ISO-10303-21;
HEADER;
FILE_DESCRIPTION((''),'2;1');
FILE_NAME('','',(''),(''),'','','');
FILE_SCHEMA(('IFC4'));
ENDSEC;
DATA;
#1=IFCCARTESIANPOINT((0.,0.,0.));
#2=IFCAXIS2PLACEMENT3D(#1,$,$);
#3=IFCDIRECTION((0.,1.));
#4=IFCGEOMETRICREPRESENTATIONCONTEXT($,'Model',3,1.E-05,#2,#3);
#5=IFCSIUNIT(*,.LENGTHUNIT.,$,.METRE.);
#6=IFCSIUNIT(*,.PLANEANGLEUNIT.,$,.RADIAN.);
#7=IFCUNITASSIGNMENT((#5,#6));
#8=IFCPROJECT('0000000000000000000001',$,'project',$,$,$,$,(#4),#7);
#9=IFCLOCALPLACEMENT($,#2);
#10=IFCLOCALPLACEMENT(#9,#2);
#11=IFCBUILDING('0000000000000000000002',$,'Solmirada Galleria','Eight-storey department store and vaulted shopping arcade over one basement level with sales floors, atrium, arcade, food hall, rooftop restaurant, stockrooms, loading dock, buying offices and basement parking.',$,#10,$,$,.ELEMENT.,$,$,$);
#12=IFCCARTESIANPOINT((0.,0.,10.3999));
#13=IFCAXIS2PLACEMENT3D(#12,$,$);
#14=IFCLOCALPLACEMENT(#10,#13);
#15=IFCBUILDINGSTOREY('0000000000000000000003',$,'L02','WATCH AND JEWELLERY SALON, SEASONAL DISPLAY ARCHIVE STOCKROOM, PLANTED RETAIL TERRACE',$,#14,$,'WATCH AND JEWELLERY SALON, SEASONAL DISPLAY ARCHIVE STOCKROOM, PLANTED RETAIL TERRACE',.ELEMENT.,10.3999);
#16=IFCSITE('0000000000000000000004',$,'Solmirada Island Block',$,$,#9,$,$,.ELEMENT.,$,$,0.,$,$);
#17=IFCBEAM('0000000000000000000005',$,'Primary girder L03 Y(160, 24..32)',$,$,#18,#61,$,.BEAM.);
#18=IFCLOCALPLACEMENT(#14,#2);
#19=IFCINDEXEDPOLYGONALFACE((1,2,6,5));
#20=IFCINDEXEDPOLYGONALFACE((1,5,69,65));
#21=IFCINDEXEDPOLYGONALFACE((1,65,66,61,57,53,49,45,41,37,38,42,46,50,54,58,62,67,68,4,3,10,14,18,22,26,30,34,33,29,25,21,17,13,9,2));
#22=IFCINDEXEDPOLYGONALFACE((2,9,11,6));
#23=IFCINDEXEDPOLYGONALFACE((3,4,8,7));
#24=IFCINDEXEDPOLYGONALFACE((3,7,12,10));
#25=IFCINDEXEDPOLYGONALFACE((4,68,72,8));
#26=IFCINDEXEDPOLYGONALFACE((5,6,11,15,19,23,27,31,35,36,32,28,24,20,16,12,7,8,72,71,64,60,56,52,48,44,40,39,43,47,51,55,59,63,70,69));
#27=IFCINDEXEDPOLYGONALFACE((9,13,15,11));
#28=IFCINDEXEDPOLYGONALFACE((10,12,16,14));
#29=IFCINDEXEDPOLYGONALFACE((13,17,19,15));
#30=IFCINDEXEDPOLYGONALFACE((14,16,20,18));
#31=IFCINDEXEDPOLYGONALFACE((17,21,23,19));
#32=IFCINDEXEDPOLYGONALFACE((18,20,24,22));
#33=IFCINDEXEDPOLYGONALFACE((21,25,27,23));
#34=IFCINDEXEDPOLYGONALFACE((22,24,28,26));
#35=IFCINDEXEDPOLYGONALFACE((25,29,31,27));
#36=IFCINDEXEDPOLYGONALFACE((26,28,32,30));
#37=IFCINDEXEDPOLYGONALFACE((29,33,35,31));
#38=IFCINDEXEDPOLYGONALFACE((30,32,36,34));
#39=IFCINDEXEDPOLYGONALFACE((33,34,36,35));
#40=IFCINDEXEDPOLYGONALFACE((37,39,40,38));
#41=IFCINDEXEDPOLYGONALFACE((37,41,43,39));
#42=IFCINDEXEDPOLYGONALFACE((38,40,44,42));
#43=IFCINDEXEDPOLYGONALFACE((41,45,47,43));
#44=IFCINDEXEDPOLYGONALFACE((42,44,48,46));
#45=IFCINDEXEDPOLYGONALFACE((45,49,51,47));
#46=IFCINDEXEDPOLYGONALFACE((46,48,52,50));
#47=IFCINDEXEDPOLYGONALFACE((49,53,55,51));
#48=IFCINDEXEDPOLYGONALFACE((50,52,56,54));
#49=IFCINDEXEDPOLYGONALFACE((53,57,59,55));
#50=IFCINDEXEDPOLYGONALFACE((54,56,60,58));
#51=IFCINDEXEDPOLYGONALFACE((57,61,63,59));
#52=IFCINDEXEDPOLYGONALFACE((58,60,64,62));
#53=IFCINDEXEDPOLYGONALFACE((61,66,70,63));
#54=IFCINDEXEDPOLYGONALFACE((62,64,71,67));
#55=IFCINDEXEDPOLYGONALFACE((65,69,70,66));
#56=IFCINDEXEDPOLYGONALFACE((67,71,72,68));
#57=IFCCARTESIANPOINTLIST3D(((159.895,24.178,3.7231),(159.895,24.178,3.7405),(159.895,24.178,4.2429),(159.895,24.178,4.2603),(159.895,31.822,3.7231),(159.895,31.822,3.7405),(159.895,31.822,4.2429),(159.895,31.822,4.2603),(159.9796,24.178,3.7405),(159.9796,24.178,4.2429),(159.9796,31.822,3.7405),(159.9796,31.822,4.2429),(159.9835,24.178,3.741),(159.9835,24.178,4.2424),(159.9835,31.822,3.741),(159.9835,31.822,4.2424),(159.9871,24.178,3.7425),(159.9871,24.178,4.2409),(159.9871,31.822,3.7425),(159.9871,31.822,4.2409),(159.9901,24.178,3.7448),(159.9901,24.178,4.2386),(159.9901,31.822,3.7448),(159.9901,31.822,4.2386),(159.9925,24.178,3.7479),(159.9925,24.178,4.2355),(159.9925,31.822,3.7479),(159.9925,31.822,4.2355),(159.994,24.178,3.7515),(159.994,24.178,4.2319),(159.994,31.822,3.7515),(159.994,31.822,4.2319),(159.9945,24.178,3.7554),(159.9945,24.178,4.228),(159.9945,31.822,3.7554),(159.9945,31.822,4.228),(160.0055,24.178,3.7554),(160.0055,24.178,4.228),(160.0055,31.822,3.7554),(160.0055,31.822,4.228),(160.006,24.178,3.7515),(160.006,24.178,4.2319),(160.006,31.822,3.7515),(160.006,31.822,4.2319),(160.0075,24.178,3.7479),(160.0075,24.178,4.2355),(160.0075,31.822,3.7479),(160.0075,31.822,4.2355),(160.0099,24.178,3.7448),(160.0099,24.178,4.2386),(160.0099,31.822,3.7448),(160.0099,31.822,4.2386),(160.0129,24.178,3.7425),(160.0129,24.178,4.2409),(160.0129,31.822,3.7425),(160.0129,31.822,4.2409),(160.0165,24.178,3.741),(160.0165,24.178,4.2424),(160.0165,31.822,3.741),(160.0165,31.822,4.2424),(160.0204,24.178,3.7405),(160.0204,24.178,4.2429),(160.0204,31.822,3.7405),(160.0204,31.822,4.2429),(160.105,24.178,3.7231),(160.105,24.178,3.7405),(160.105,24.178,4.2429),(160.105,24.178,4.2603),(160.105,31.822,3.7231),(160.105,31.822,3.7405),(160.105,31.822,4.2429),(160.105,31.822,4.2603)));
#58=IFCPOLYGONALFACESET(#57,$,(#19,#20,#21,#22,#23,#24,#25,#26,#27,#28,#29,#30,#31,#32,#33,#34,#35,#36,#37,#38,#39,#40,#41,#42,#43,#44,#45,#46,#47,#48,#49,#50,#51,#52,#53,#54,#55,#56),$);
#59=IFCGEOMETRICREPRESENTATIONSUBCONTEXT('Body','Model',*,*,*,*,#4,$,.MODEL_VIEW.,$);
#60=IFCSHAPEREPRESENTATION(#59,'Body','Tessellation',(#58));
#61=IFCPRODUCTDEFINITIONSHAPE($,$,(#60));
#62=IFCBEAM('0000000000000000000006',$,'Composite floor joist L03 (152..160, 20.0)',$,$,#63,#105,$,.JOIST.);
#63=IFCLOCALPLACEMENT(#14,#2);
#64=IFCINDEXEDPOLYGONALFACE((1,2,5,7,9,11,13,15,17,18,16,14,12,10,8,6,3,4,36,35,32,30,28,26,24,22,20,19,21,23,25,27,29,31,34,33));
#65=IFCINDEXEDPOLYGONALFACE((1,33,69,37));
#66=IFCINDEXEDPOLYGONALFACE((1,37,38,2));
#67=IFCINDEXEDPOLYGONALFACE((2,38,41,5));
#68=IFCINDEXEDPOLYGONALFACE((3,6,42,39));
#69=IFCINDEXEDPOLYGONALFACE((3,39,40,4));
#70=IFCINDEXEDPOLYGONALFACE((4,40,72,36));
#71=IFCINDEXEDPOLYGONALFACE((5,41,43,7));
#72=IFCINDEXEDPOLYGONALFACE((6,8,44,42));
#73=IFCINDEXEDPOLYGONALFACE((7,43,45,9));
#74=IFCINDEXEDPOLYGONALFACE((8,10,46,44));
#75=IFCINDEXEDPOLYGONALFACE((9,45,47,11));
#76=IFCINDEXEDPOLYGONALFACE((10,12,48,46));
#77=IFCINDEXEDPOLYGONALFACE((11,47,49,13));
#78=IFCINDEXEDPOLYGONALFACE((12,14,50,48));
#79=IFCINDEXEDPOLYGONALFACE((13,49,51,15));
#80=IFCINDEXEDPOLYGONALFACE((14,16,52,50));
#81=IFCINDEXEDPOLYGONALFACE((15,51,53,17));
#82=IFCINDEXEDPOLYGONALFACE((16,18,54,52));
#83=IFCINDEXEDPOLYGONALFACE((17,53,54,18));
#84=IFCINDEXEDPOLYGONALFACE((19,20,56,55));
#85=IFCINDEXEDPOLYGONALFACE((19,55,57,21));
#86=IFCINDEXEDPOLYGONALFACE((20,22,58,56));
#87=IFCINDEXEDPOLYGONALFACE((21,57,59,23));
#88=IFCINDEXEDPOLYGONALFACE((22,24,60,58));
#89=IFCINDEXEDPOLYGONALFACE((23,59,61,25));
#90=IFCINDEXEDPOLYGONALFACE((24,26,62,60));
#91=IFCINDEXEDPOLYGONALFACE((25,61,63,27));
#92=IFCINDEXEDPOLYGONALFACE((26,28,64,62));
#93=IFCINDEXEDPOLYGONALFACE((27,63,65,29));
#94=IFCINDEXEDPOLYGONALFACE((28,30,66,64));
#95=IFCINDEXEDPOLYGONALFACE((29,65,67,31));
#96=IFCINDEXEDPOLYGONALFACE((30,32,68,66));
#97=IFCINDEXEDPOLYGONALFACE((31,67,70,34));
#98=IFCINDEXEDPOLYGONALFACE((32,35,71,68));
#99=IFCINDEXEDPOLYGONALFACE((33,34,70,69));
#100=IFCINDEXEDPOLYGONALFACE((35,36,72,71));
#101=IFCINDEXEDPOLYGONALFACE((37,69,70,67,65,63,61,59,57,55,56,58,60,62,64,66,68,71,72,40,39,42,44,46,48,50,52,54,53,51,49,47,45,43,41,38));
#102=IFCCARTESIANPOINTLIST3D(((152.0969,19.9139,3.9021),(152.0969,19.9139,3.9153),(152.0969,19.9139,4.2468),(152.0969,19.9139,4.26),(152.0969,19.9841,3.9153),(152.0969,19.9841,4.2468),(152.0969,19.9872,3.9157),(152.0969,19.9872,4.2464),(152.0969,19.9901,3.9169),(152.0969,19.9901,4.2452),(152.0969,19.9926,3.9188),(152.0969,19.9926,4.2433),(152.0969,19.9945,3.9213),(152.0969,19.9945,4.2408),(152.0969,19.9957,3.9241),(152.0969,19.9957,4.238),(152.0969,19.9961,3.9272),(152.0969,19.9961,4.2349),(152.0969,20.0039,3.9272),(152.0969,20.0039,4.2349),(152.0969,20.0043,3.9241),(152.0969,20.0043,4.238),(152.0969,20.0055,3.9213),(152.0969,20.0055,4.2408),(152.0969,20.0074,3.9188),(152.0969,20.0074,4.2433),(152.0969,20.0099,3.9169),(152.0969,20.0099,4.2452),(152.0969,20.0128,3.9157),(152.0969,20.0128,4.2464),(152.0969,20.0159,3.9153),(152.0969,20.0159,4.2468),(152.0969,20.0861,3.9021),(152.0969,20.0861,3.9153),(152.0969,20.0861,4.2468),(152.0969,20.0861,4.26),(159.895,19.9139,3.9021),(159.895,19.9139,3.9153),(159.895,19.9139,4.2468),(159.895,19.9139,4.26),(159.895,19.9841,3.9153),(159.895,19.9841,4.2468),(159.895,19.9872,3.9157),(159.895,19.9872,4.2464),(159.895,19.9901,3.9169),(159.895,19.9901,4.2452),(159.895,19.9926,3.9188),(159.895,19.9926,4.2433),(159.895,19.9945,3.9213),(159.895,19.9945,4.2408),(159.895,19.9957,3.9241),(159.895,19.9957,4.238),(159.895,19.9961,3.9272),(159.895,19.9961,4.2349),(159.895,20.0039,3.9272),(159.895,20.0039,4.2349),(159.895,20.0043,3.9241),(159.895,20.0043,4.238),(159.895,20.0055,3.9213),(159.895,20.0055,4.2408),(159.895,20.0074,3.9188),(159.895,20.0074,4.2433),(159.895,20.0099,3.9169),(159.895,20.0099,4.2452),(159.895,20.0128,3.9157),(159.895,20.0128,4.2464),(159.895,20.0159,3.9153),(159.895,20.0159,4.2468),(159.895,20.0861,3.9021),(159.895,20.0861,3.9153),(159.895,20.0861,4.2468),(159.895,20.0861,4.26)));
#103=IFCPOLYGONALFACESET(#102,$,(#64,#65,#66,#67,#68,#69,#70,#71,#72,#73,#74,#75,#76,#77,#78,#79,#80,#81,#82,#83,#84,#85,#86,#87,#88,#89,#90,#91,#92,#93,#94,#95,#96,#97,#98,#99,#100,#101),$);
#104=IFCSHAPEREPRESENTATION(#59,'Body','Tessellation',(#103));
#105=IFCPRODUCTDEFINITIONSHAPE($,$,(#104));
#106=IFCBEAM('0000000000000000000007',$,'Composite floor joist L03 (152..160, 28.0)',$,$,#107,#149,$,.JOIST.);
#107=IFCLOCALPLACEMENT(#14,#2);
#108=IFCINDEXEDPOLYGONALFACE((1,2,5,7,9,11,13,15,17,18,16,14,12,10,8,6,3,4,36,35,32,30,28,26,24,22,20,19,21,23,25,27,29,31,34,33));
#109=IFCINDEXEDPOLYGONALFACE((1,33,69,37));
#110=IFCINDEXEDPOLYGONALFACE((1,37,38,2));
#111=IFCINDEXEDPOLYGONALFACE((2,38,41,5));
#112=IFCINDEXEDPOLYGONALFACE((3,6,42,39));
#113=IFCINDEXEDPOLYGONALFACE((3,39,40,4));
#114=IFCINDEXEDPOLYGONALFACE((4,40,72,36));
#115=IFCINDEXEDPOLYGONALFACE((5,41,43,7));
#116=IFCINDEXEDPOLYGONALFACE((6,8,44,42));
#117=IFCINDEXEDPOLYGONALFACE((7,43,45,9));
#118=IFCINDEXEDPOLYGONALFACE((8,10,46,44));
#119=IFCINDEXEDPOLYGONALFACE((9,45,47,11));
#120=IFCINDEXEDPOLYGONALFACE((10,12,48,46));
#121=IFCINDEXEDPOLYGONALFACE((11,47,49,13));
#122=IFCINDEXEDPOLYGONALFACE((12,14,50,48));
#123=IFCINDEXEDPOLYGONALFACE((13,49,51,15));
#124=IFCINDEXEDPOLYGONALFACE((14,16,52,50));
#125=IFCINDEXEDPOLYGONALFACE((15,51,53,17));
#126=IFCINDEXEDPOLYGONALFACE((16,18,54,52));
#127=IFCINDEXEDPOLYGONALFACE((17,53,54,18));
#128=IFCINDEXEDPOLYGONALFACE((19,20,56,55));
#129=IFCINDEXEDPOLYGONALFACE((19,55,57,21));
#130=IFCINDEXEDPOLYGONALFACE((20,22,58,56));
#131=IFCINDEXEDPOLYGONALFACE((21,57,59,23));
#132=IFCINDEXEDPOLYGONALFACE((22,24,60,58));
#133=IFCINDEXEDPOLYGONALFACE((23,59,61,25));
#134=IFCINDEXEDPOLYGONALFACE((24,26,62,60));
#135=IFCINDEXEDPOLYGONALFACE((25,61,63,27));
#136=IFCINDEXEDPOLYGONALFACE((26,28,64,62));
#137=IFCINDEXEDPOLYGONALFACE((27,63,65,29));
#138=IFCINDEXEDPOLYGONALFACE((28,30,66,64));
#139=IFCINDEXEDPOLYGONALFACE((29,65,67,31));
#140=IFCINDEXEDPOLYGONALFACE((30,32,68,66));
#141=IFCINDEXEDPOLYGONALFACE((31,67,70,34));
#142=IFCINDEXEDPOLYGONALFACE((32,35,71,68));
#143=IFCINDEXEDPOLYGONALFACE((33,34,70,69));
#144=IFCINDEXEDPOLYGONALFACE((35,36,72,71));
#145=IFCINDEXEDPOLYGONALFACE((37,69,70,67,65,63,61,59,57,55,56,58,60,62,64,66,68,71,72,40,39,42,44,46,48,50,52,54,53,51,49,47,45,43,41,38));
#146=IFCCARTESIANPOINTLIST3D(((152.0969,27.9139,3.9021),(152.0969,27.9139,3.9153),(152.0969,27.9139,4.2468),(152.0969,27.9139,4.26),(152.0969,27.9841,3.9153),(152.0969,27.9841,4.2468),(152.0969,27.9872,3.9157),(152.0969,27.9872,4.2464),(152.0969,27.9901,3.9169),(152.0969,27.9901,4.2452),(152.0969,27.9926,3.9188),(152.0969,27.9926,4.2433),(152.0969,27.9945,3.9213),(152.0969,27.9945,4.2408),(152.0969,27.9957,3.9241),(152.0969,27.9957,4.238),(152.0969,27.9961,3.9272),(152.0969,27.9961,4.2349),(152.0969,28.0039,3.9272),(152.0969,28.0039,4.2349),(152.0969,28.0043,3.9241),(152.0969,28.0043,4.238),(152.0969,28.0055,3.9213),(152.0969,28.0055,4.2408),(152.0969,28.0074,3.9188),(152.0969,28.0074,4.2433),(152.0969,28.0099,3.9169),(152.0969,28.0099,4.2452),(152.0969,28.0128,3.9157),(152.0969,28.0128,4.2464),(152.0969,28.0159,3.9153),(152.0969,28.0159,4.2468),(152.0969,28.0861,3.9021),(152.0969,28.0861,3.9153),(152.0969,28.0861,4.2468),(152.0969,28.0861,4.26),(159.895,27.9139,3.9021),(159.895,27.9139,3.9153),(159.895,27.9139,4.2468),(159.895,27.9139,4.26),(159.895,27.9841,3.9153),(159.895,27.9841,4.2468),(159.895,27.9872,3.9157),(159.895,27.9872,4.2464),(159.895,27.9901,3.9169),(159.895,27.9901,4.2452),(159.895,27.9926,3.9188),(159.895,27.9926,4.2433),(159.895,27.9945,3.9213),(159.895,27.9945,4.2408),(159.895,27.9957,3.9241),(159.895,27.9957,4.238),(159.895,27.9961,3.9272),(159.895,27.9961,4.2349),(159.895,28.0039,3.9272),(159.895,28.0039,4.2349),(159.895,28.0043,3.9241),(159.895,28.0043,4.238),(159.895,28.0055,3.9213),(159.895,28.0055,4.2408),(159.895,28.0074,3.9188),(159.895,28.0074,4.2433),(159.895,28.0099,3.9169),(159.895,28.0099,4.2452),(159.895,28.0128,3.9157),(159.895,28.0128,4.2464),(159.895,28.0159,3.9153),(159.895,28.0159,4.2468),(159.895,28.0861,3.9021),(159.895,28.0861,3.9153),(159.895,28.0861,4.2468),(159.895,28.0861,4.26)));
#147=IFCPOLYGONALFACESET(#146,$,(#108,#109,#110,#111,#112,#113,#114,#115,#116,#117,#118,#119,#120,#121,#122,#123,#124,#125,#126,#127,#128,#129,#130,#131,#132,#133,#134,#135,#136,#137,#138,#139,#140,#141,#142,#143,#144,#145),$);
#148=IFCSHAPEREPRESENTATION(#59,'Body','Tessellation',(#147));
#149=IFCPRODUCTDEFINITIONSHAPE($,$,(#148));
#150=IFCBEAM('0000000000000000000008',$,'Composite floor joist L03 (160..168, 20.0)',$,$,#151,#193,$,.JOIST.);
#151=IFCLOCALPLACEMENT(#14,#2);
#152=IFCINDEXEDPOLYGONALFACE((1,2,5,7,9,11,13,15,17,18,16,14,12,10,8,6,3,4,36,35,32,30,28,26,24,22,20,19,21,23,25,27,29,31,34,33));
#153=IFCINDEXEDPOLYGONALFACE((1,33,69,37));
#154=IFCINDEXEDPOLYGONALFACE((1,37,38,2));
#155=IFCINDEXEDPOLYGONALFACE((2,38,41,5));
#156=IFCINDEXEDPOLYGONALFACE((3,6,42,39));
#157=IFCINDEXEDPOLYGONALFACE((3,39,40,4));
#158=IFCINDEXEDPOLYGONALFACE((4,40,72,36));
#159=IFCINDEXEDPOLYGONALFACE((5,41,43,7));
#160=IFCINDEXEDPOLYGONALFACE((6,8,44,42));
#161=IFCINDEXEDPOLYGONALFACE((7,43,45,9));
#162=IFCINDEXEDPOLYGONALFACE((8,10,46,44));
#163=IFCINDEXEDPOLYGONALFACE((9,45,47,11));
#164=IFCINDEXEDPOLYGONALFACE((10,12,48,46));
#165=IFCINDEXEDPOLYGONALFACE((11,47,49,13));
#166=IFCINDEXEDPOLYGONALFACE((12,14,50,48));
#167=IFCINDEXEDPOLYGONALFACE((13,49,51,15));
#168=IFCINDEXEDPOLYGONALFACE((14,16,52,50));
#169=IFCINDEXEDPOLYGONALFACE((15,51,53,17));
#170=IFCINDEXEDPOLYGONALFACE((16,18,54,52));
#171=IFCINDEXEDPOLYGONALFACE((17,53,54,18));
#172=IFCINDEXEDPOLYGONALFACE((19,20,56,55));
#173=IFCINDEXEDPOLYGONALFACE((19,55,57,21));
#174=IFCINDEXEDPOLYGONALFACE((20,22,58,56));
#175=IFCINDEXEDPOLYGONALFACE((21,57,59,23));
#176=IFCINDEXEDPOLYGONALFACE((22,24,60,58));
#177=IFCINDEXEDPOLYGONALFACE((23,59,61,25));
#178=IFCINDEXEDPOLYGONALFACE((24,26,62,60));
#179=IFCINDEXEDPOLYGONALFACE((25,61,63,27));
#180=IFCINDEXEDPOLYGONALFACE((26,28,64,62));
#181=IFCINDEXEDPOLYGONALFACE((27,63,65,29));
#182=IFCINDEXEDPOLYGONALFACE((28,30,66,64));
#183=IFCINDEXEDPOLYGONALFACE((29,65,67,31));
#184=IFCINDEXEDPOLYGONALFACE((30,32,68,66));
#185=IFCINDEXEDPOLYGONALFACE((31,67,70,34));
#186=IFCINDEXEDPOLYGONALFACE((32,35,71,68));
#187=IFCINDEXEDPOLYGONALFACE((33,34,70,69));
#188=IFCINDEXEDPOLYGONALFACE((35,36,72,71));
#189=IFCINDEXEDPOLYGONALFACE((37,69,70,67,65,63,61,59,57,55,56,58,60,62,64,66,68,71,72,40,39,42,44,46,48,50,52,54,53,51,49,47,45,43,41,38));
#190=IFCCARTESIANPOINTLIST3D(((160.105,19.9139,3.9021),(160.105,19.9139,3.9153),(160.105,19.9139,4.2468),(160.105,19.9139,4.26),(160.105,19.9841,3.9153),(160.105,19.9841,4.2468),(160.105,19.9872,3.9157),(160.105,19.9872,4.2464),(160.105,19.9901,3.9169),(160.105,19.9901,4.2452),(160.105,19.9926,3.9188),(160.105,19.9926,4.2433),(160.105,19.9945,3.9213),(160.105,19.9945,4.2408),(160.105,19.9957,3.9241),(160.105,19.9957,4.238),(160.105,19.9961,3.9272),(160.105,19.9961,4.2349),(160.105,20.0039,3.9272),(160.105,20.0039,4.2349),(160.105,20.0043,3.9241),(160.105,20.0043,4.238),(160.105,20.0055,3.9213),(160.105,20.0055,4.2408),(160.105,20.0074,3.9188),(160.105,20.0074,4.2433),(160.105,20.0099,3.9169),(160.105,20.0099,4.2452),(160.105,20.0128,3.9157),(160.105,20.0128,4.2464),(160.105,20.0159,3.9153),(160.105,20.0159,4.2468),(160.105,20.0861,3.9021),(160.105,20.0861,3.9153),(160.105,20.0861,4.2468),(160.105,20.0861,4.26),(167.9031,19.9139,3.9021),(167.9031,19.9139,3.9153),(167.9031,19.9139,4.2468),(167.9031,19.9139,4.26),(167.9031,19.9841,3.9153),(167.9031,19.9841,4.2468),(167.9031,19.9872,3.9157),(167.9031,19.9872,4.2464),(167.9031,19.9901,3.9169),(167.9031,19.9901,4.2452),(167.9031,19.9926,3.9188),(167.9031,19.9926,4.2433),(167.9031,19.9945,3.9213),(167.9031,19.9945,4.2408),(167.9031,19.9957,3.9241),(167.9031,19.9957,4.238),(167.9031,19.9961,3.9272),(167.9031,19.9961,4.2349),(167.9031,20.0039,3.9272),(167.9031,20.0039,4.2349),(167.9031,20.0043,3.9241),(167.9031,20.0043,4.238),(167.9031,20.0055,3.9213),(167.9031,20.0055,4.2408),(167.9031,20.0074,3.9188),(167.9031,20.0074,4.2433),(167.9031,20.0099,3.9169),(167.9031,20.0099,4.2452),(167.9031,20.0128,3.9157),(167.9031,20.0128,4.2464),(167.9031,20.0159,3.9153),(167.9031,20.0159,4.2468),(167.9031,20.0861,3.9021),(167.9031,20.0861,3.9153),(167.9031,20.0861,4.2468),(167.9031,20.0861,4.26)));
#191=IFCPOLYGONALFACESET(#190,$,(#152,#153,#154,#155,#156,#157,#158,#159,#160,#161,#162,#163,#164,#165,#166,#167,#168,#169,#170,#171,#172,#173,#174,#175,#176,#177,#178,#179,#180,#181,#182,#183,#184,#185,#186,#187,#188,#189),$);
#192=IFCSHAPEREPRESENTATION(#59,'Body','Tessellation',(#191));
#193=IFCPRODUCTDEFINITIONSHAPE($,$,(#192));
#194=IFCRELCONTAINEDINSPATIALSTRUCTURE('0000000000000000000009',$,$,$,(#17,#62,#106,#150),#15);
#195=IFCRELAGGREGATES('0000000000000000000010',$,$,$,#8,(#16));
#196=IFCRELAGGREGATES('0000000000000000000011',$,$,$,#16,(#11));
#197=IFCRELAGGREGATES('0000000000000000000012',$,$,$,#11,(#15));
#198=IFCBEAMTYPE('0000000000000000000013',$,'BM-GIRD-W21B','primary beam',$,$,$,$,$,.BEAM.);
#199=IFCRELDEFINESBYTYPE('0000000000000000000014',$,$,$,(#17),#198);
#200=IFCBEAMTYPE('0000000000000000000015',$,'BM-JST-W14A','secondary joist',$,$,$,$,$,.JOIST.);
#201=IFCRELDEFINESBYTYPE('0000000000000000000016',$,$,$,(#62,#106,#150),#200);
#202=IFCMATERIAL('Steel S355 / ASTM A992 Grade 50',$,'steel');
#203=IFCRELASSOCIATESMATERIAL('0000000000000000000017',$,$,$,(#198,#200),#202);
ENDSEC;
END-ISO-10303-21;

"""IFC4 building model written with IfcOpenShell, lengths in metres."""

from ifc_helpers import new_model, si_unit, direction, frame, origin, origin_2d, place, context, subcontext, project, spatial, i_section, extrude, material, material_profile, profile_set, type_object, element, save


model = new_model("IFC4")

# Units and contexts
model_context = context("Model", 3, precision=1e-05, world=origin(), true_north=direction((0.0, 1.0)))
body_context = subcontext(model_context, "Body", "Model", "MODEL_VIEW")
ifc_project = project(units=[si_unit("LENGTHUNIT", "METRE"), si_unit("PLANEANGLEUNIT", "RADIAN")], contexts=[model_context])

# Site, building, storey
site_placement = place(None, origin())
site = spatial("IfcSite", under=ifc_project, at=site_placement, Name="Solmirada Island Block", CompositionType="ELEMENT", RefElevation=0.0)
building_placement = place(site_placement, origin())
building = spatial("IfcBuilding", under=site, at=building_placement, Name="Solmirada Galleria", Description="Eight-storey department store and vaulted shopping arcade over one basement level with sales floors, atrium, arcade, food hall, rooftop restaurant, stockrooms, loading dock, buying offices and basement parking.", CompositionType="ELEMENT")
storey_placement = place(building_placement, frame((0.0, 0.0, 10.3999)))
storey = spatial("IfcBuildingStorey", under=building, at=storey_placement, Name="L02", Description="WATCH AND JEWELLERY SALON, SEASONAL DISPLAY ARCHIVE STOCKROOM, PLANTED RETAIL TERRACE", LongName="WATCH AND JEWELLERY SALON, SEASONAL DISPLAY ARCHIVE STOCKROOM, PLANTED RETAIL TERRACE", CompositionType="ELEMENT", Elevation=10.3999)

# Beams
ifc_material_1 = material(Name="Steel S355 / ASTM A992 Grade 50", Category="steel")
ifc_material_profile_1 = material_profile(ifc_material_1, i_section(OverallWidth=0.21, OverallDepth=0.5371, WebThickness=0.011, FlangeThickness=0.0173, FilletRadius=0.0149, at=origin_2d()), Name="W21X68")
ifc_profile_set_1 = profile_set([ifc_material_profile_1], Name="Steel S355 / ASTM A992 Grade 50")
beam_type_1 = type_object("IfcBeamType", Name="BM-GIRD-W21B", Description="primary beam", PredefinedType="BEAM", material=ifc_profile_set_1)
for number, where, z_axis, x_axis, name in (
    (1, (160.0, 24.178, 3.9917), (0.0, 1.0, 0.0), (-1.0, 0.0, 0.0), "Primary girder L03 Y(160, 24..32)"),
):
    element("IfcBeam", number, at=place(storey_placement, frame(where, z_axis=z_axis, x_axis=x_axis)), inside=storey, type_object=beam_type_1, Name=name, PredefinedType="BEAM", context=body_context, shape_type="SweptSolid", body=[
        extrude(i_section(OverallWidth=0.21, OverallDepth=0.5371, WebThickness=0.011, FlangeThickness=0.0173, FilletRadius=0.0149, at=origin_2d()), origin(), (0.0, 0.0, 1.0), 7.644),
    ])
ifc_material_profile_2 = material_profile(ifc_material_1, i_section(OverallWidth=0.1721, OverallDepth=0.3579, WebThickness=0.0078, FlangeThickness=0.0132, FilletRadius=0.012, at=origin_2d()), Name="W14X38")
ifc_profile_set_2 = profile_set([ifc_material_profile_2], Name="Steel S355 / ASTM A992 Grade 50")
beam_type_2 = type_object("IfcBeamType", Name="BM-JST-W14A", Description="secondary joist", PredefinedType="JOIST", material=ifc_profile_set_2)
for number, where, z_axis, x_axis, name in (
    (2, (152.0969, 20.0, 4.0811), (1.0, 0.0, 0.0), (0.0, 1.0, 0.0), "Composite floor joist L03 (152..160, 20.0)"),
    (3, (152.0969, 28.0, 4.0811), (1.0, 0.0, 0.0), (0.0, 1.0, 0.0), "Composite floor joist L03 (152..160, 28.0)"),
    (4, (160.105, 20.0, 4.0811), (1.0, 0.0, 0.0), (0.0, 1.0, 0.0), "Composite floor joist L03 (160..168, 20.0)"),
):
    element("IfcBeam", number, at=place(storey_placement, frame(where, z_axis=z_axis, x_axis=x_axis)), inside=storey, type_object=beam_type_2, Name=name, PredefinedType="JOIST", context=body_context, shape_type="SweptSolid", body=[
        extrude(i_section(OverallWidth=0.1721, OverallDepth=0.3579, WebThickness=0.0078, FlangeThickness=0.0132, FilletRadius=0.012, at=origin_2d()), origin(), (0.0, 0.0, 1.0), 7.7981),
    ])

save(model, "model.ifc")
